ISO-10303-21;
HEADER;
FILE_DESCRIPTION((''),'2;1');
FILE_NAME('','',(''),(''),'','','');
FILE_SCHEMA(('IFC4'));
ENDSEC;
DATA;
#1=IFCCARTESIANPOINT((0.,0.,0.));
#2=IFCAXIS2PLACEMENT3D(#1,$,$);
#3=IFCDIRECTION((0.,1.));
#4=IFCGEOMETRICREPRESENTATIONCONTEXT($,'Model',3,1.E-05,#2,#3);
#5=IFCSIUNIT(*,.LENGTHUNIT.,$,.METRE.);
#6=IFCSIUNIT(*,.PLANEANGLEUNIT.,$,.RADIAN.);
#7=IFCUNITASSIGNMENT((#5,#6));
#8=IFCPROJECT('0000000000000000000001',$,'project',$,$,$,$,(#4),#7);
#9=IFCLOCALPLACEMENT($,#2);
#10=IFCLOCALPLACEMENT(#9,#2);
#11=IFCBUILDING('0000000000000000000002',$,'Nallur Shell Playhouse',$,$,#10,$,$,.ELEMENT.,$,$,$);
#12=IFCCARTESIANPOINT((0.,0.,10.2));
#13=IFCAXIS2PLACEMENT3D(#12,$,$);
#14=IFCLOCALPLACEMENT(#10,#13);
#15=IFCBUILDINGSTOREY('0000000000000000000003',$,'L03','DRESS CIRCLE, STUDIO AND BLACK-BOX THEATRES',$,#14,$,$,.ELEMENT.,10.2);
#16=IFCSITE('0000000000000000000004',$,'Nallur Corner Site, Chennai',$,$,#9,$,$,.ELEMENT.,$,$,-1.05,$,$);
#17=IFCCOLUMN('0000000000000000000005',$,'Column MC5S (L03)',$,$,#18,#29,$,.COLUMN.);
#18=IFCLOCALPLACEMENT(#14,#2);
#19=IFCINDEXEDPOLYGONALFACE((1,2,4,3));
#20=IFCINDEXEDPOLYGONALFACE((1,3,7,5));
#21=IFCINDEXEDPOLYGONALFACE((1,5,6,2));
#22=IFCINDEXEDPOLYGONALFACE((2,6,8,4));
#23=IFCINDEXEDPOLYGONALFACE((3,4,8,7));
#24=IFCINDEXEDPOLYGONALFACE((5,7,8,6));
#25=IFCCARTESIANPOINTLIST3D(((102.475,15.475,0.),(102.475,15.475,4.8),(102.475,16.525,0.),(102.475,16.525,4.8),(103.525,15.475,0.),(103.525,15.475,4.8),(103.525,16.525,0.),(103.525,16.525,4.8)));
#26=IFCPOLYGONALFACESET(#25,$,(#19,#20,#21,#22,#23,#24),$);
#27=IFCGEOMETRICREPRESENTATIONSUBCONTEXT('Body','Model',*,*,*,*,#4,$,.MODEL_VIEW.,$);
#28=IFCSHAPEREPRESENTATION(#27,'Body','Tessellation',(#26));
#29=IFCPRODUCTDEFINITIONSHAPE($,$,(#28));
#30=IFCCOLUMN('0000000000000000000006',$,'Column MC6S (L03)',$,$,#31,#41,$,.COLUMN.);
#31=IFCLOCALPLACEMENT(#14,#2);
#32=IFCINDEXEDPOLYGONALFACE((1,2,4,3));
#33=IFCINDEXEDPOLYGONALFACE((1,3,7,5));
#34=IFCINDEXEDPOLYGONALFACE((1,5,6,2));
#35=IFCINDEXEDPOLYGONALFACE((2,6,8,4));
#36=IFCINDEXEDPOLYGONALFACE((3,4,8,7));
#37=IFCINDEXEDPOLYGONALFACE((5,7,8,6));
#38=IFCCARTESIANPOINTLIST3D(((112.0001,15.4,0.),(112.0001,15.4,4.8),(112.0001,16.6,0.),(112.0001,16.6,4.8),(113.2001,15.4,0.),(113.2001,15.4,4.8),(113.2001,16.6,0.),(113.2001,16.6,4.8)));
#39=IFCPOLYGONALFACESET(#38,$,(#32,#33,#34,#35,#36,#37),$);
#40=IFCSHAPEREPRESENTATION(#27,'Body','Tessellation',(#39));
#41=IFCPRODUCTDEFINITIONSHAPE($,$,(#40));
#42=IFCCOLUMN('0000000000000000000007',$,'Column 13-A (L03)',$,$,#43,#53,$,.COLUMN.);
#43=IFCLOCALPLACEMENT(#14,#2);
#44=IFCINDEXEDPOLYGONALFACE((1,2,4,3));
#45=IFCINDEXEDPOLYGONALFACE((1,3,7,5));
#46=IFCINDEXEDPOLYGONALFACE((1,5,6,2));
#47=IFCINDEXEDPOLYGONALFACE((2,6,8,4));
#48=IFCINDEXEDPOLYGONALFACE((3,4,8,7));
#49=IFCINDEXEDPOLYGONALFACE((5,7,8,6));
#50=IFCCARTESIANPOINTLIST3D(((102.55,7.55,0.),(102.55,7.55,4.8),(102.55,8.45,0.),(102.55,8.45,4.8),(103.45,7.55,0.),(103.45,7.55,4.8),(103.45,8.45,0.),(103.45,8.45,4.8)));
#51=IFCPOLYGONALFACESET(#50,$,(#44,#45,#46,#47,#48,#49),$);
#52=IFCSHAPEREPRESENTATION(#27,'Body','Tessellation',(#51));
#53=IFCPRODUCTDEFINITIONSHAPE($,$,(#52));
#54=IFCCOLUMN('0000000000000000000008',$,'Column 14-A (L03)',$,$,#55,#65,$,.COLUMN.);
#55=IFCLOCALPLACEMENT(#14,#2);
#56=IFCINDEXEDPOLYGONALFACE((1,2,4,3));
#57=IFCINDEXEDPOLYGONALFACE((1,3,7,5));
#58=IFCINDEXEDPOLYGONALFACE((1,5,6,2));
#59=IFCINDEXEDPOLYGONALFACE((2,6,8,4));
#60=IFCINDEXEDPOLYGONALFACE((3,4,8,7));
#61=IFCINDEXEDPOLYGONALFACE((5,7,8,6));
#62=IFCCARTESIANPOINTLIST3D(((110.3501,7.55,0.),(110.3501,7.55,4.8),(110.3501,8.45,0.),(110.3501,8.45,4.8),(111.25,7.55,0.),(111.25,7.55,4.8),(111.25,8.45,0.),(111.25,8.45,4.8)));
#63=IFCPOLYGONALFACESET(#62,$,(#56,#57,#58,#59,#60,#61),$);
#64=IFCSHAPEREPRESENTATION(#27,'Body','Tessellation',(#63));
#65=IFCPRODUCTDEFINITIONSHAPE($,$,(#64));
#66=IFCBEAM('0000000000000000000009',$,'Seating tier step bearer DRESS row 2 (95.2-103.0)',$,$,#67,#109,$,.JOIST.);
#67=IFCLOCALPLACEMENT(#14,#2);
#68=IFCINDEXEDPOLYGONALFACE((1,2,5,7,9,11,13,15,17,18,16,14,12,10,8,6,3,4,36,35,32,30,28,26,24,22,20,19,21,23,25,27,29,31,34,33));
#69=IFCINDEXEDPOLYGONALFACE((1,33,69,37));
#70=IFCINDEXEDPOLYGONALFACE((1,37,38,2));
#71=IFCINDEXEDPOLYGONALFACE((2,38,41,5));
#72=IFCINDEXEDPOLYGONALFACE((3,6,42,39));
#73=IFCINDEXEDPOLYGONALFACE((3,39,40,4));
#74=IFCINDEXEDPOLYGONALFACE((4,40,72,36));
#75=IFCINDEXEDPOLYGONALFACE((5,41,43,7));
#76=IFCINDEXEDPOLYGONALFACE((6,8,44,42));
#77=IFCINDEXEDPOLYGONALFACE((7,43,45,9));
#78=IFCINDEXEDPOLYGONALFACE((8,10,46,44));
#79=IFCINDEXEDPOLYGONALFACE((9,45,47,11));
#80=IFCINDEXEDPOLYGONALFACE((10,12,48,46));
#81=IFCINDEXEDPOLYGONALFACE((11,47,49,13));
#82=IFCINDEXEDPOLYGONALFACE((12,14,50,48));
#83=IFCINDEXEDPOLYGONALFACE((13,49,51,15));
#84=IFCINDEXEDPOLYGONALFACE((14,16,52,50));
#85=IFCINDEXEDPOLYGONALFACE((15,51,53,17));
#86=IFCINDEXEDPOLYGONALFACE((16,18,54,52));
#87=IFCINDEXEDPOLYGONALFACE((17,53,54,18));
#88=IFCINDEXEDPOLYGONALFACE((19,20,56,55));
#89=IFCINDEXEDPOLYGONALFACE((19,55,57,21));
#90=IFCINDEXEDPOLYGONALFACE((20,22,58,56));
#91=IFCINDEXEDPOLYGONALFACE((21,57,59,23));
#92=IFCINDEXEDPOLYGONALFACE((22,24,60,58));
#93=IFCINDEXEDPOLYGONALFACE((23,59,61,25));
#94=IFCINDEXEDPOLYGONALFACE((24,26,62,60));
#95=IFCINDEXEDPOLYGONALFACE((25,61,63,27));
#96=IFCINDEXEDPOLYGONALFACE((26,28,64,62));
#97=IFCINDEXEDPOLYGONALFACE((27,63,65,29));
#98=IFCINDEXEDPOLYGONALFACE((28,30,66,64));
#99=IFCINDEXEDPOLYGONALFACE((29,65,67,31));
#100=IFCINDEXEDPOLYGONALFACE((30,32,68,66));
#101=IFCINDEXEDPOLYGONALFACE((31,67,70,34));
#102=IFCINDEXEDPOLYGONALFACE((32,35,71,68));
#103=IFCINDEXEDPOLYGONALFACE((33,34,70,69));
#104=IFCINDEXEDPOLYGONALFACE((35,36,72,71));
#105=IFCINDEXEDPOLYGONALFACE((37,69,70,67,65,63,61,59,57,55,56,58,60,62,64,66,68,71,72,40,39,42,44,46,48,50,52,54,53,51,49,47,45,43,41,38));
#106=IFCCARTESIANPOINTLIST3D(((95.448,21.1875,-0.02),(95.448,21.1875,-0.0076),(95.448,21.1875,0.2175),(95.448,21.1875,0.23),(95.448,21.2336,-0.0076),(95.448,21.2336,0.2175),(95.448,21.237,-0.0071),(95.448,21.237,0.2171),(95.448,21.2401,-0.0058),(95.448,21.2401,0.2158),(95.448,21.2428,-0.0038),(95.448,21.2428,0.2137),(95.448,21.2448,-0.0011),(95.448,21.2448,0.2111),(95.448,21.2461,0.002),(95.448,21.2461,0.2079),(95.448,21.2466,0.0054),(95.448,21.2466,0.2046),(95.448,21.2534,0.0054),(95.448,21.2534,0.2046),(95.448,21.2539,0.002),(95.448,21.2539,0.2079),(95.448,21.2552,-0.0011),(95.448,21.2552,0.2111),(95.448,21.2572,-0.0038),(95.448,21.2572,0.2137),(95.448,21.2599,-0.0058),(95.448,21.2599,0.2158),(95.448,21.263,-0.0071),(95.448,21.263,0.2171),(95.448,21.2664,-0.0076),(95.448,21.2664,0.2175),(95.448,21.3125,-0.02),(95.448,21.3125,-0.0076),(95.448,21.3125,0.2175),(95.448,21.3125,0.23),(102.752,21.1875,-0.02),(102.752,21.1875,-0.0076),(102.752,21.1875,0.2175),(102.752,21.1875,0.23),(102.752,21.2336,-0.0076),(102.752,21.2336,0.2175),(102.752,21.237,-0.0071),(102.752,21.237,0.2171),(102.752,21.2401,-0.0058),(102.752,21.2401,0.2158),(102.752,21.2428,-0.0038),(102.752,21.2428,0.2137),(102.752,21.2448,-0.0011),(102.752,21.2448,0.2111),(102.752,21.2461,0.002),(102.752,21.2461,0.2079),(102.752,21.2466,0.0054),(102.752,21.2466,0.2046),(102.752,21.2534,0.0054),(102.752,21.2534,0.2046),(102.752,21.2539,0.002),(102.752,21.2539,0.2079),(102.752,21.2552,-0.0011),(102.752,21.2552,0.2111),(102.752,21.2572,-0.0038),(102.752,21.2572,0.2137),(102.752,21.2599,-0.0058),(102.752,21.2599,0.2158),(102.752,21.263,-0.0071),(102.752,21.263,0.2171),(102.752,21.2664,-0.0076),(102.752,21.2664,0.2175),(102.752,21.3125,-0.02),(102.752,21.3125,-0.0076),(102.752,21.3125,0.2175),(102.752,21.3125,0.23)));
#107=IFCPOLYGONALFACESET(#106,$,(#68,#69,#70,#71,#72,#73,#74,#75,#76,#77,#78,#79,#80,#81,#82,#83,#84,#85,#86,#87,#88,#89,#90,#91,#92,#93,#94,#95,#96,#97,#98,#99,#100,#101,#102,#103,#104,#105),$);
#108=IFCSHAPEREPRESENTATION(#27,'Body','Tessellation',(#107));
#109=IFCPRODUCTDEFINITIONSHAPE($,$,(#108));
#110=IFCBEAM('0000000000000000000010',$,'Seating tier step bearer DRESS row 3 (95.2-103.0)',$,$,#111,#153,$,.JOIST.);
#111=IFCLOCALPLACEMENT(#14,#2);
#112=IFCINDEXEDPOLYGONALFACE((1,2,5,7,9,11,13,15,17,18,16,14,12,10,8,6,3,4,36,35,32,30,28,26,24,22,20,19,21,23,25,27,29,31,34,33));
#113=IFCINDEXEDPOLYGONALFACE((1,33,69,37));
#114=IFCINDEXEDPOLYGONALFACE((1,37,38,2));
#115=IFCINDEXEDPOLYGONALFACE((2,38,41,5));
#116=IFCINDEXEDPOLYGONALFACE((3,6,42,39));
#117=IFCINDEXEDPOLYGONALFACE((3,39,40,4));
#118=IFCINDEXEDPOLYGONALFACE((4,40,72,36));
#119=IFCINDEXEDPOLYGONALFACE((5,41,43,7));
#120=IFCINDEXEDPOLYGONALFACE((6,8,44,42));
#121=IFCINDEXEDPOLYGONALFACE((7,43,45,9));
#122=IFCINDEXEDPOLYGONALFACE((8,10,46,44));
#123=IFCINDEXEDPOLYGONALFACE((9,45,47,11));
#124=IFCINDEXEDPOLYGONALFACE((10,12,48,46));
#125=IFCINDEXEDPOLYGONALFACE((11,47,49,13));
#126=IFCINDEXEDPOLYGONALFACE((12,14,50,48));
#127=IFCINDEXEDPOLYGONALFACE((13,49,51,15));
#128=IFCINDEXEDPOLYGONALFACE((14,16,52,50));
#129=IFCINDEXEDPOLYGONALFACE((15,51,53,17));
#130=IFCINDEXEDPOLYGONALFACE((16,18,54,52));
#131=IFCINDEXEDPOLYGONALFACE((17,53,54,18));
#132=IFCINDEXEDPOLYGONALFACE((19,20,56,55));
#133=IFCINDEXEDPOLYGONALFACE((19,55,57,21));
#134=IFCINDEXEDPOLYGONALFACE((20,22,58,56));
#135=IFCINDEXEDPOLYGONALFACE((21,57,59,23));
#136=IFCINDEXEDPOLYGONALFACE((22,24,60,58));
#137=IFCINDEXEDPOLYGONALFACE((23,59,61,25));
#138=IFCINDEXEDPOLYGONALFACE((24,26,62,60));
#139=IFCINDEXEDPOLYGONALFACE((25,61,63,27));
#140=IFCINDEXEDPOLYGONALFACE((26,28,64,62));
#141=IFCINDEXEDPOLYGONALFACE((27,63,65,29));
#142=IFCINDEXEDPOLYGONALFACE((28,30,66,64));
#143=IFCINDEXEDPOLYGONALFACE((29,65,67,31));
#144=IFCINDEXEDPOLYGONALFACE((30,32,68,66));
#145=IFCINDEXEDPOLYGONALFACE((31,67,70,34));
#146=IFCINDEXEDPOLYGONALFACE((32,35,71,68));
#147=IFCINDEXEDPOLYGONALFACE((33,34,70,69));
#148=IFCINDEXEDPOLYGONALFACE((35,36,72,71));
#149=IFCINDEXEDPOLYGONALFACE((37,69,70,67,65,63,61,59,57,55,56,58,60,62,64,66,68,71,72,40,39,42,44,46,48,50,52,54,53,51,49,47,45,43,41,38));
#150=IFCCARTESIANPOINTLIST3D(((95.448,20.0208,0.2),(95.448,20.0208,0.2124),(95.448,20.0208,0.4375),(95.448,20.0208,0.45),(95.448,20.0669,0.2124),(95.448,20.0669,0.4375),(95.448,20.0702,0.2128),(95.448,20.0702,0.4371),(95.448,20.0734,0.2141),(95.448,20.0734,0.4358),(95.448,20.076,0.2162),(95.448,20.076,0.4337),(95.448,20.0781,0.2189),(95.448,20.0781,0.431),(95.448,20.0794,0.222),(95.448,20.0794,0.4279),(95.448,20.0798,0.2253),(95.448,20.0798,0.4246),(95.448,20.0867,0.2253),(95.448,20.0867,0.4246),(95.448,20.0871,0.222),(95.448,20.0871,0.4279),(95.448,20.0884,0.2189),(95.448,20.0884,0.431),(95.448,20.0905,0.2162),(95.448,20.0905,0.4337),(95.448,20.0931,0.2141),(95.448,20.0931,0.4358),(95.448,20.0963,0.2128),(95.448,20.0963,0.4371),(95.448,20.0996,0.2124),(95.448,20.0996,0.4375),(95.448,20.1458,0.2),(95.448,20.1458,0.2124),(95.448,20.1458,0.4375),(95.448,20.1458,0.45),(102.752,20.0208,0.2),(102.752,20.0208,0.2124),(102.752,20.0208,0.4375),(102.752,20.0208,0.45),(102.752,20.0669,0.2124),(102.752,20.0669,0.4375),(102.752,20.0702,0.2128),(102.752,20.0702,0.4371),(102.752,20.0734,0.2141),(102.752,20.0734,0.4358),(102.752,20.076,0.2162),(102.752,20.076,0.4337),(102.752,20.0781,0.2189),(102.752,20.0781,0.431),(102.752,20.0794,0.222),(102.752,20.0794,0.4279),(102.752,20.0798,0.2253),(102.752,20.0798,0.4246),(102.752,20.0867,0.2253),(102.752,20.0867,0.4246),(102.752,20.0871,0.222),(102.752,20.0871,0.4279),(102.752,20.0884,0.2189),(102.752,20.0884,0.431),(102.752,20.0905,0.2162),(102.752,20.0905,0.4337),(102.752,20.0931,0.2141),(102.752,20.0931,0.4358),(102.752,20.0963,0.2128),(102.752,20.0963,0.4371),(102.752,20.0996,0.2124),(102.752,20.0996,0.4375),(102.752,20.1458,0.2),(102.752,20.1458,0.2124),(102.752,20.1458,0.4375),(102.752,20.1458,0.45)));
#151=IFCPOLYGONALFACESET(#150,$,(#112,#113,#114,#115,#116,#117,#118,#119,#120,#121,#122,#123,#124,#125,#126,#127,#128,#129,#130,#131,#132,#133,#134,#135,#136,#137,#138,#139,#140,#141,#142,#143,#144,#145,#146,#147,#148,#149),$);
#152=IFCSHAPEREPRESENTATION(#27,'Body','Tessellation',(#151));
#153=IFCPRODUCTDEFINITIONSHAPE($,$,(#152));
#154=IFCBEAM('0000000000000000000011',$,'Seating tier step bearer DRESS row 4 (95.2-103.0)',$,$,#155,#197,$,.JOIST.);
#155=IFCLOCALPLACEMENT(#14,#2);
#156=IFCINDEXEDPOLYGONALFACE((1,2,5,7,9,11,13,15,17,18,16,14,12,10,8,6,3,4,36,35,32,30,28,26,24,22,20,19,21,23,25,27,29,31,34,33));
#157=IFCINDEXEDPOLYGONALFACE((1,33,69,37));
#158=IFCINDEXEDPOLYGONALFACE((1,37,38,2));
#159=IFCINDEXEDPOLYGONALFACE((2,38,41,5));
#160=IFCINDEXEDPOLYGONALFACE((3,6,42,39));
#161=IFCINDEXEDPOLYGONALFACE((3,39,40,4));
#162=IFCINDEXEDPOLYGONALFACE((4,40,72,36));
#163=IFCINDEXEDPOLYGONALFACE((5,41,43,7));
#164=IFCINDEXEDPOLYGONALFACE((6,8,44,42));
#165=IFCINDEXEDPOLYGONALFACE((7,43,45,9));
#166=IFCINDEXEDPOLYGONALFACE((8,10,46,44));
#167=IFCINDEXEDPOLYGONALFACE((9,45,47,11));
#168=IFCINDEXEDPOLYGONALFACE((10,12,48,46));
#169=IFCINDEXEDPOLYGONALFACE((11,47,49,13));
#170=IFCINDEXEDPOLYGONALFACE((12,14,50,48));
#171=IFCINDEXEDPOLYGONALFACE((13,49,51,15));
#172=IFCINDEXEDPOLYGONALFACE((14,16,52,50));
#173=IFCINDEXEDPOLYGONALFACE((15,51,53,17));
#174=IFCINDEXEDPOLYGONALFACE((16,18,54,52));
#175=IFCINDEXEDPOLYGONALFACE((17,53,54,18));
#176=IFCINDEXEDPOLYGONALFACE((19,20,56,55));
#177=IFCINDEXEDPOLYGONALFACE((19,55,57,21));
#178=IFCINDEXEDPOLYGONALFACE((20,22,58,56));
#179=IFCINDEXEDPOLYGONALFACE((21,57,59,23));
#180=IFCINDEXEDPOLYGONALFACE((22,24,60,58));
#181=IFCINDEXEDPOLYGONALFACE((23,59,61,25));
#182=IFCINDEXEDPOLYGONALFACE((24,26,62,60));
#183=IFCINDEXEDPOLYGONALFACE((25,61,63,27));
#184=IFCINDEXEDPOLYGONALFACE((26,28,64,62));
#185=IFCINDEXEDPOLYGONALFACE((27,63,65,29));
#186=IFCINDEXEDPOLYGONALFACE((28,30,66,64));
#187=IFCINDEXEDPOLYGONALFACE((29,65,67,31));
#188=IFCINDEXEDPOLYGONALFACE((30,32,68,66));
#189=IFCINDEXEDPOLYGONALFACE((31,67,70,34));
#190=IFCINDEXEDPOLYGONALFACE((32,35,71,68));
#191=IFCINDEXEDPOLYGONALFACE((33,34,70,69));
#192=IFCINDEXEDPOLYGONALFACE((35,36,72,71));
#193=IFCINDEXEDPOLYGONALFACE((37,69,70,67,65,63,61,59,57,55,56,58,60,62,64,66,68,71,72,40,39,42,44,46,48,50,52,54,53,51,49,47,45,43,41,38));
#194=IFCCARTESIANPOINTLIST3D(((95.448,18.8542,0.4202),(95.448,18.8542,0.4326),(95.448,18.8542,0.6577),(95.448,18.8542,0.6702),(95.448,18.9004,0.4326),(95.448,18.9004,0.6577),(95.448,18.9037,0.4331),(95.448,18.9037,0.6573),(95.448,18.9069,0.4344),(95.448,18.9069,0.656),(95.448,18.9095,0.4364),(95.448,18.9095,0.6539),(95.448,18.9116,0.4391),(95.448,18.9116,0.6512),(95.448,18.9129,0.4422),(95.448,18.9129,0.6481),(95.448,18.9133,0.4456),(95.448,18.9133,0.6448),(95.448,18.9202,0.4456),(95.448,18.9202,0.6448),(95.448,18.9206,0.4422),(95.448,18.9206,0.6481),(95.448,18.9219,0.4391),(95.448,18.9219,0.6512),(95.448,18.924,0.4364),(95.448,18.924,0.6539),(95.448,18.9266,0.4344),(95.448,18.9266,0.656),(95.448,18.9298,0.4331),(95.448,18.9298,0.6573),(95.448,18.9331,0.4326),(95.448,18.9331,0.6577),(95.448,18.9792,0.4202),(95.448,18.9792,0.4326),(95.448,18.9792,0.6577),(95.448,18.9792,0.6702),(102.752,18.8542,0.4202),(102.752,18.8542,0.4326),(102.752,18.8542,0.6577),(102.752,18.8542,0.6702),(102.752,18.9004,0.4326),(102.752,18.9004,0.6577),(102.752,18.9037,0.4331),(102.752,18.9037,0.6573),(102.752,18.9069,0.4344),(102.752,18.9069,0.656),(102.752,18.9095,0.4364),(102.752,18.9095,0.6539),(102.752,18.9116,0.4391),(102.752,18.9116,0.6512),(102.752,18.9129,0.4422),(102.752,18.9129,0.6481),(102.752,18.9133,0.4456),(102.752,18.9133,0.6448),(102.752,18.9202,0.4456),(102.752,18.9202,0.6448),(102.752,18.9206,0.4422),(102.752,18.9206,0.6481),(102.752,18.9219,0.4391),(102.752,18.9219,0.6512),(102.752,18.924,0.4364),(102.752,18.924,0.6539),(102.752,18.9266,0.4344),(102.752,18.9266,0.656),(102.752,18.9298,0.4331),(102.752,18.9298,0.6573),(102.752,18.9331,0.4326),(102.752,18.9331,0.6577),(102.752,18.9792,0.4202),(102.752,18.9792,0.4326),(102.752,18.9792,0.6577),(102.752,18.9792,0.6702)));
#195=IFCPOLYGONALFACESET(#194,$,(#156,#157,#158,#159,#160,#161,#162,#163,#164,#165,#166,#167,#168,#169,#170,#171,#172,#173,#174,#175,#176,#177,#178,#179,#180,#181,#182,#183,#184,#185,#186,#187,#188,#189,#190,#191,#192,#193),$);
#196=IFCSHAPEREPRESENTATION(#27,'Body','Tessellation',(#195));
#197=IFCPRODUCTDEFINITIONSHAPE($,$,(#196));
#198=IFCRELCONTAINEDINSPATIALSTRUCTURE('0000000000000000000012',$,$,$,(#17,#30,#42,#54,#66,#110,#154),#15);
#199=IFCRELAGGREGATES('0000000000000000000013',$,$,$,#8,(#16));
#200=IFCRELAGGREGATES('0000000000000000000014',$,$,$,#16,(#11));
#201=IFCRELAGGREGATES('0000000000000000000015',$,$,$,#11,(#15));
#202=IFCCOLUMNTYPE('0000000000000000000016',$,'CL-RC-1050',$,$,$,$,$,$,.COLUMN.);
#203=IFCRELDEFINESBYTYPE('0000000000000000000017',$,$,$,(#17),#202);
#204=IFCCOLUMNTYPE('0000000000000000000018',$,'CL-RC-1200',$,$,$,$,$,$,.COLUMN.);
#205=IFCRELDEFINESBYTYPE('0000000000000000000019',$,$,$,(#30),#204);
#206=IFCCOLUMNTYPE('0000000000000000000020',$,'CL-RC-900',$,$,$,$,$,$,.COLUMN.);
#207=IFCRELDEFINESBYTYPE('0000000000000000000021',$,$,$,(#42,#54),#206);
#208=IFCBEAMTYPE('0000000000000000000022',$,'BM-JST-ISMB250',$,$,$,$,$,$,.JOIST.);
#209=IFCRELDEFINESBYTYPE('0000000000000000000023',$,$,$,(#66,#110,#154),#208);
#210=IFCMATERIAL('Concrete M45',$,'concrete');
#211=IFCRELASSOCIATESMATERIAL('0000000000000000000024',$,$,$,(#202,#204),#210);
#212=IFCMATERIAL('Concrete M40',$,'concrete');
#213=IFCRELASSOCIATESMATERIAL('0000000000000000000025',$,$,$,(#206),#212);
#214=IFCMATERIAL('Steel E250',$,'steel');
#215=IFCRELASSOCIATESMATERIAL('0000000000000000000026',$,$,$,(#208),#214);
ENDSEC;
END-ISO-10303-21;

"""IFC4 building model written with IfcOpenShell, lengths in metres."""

from ifc_helpers import new_model, si_unit, direction, frame, origin, origin_2d, place, context, subcontext, project, spatial, rectangle, i_section, extrude, material, material_profile, profile_set, type_object, element, save


model = new_model("IFC4")

# Units and contexts
model_context = context("Model", 3, precision=1e-05, world=origin(), true_north=direction((0.0, 1.0)))
body_context = subcontext(model_context, "Body", "Model", "MODEL_VIEW")
ifc_project = project(units=[si_unit("LENGTHUNIT", "METRE"), si_unit("PLANEANGLEUNIT", "RADIAN")], contexts=[model_context])

# Site, building, storey
site_placement = place(None, origin())
site = spatial("IfcSite", under=ifc_project, at=site_placement, Name="Nallur Corner Site, Chennai", CompositionType="ELEMENT", RefElevation=-1.05)
building_placement = place(site_placement, origin())
building = spatial("IfcBuilding", under=site, at=building_placement, Name="Nallur Shell Playhouse", CompositionType="ELEMENT")
storey_placement = place(building_placement, frame((0.0, 0.0, 10.2)))
storey = spatial("IfcBuildingStorey", under=building, at=storey_placement, Name="L03", Description="DRESS CIRCLE, STUDIO AND BLACK-BOX THEATRES", CompositionType="ELEMENT", Elevation=10.2)

# Columns
ifc_material_1 = material(Name="Concrete M45", Category="concrete")
ifc_material_profile_1 = material_profile(ifc_material_1, rectangle(XDim=1.05, YDim=1.05, at=origin_2d()), Name="RC 1050x1050")
ifc_profile_set_1 = profile_set([ifc_material_profile_1], Name="Concrete M45")
column_type_1 = type_object("IfcColumnType", Name="CL-RC-1050", PredefinedType="COLUMN", material=ifc_profile_set_1)
column_1_placement = place(storey_placement, frame((103.0, 16.0, 0.0), z_axis=(0.0, 0.0, 1.0), x_axis=(1.0, 0.0, 0.0)))
element("IfcColumn", 1, at=column_1_placement, inside=storey, type_object=column_type_1, Name="Column MC5S (L03)", PredefinedType="COLUMN", context=body_context, shape_type="SweptSolid", body=[
    extrude(rectangle(XDim=1.05, YDim=1.05, at=origin_2d()), origin(), (0.0, 0.0, 1.0), 4.8),
])
ifc_material_profile_2 = material_profile(ifc_material_1, rectangle(XDim=1.2, YDim=1.2, at=origin_2d()), Name="RC 1200x1200")
ifc_profile_set_2 = profile_set([ifc_material_profile_2], Name="Concrete M45")
column_type_2 = type_object("IfcColumnType", Name="CL-RC-1200", PredefinedType="COLUMN", material=ifc_profile_set_2)
column_2_placement = place(storey_placement, frame((112.6001, 16.0, 0.0), z_axis=(0.0, 0.0, 1.0), x_axis=(1.0, 0.0, 0.0)))
element("IfcColumn", 2, at=column_2_placement, inside=storey, type_object=column_type_2, Name="Column MC6S (L03)", PredefinedType="COLUMN", context=body_context, shape_type="SweptSolid", body=[
    extrude(rectangle(XDim=1.2, YDim=1.2, at=origin_2d()), origin(), (0.0, 0.0, 1.0), 4.8),
])
ifc_material_2 = material(Name="Concrete M40", Category="concrete")
ifc_material_profile_3 = material_profile(ifc_material_2, rectangle(XDim=0.8999, YDim=0.8999, at=origin_2d()), Name="RC 900x900")
ifc_profile_set_3 = profile_set([ifc_material_profile_3], Name="Concrete M40")
column_type_3 = type_object("IfcColumnType", Name="CL-RC-900", PredefinedType="COLUMN", material=ifc_profile_set_3)
for number, where, z_axis, x_axis, name in (
    (3, (103.0, 8.0, 0.0), (0.0, 0.0, 1.0), (1.0, 0.0, 0.0), "Column 13-A (L03)"),
    (4, (110.8, 8.0, 0.0), (0.0, 0.0, 1.0), (1.0, 0.0, 0.0), "Column 14-A (L03)"),
):
    element("IfcColumn", number, at=place(storey_placement, frame(where, z_axis=z_axis, x_axis=x_axis)), inside=storey, type_object=column_type_3, Name=name, PredefinedType="COLUMN", context=body_context, shape_type="SweptSolid", body=[
        extrude(rectangle(XDim=0.8999, YDim=0.8999, at=origin_2d()), origin(), (0.0, 0.0, 1.0), 4.8),
    ])

# Beams
ifc_material_3 = material(Name="Steel E250", Category="steel")
ifc_material_profile_4 = material_profile(ifc_material_3, i_section(OverallWidth=0.125, OverallDepth=0.25, WebThickness=0.0068, FlangeThickness=0.0125, FilletRadius=0.0129, at=origin_2d()), Name="ISMB 250")
ifc_profile_set_4 = profile_set([ifc_material_profile_4], Name="Steel E250")
beam_type_1 = type_object("IfcBeamType", Name="BM-JST-ISMB250", PredefinedType="JOIST", material=ifc_profile_set_4)
for number, where, z_axis, x_axis, name in (
    (5, (95.448, 21.25, 0.105), (1.0, 0.0, 0.0), (0.0, 1.0, 0.0), "Seating tier step bearer DRESS row 2 (95.2-103.0)"),
    (6, (95.448, 20.0833, 0.325), (1.0, 0.0, 0.0), (0.0, 1.0, 0.0), "Seating tier step bearer DRESS row 3 (95.2-103.0)"),
    (7, (95.448, 18.9167, 0.5452), (1.0, 0.0, 0.0), (0.0, 1.0, 0.0), "Seating tier step bearer DRESS row 4 (95.2-103.0)"),
):
    element("IfcBeam", number, at=place(storey_placement, frame(where, z_axis=z_axis, x_axis=x_axis)), inside=storey, type_object=beam_type_1, Name=name, PredefinedType="JOIST", context=body_context, shape_type="SweptSolid", body=[
        extrude(i_section(OverallWidth=0.125, OverallDepth=0.25, WebThickness=0.0068, FlangeThickness=0.0125, FilletRadius=0.0129, at=origin_2d()), origin(), (0.0, 0.0, 1.0), 7.304),
    ])

save(model, "model.ifc")
